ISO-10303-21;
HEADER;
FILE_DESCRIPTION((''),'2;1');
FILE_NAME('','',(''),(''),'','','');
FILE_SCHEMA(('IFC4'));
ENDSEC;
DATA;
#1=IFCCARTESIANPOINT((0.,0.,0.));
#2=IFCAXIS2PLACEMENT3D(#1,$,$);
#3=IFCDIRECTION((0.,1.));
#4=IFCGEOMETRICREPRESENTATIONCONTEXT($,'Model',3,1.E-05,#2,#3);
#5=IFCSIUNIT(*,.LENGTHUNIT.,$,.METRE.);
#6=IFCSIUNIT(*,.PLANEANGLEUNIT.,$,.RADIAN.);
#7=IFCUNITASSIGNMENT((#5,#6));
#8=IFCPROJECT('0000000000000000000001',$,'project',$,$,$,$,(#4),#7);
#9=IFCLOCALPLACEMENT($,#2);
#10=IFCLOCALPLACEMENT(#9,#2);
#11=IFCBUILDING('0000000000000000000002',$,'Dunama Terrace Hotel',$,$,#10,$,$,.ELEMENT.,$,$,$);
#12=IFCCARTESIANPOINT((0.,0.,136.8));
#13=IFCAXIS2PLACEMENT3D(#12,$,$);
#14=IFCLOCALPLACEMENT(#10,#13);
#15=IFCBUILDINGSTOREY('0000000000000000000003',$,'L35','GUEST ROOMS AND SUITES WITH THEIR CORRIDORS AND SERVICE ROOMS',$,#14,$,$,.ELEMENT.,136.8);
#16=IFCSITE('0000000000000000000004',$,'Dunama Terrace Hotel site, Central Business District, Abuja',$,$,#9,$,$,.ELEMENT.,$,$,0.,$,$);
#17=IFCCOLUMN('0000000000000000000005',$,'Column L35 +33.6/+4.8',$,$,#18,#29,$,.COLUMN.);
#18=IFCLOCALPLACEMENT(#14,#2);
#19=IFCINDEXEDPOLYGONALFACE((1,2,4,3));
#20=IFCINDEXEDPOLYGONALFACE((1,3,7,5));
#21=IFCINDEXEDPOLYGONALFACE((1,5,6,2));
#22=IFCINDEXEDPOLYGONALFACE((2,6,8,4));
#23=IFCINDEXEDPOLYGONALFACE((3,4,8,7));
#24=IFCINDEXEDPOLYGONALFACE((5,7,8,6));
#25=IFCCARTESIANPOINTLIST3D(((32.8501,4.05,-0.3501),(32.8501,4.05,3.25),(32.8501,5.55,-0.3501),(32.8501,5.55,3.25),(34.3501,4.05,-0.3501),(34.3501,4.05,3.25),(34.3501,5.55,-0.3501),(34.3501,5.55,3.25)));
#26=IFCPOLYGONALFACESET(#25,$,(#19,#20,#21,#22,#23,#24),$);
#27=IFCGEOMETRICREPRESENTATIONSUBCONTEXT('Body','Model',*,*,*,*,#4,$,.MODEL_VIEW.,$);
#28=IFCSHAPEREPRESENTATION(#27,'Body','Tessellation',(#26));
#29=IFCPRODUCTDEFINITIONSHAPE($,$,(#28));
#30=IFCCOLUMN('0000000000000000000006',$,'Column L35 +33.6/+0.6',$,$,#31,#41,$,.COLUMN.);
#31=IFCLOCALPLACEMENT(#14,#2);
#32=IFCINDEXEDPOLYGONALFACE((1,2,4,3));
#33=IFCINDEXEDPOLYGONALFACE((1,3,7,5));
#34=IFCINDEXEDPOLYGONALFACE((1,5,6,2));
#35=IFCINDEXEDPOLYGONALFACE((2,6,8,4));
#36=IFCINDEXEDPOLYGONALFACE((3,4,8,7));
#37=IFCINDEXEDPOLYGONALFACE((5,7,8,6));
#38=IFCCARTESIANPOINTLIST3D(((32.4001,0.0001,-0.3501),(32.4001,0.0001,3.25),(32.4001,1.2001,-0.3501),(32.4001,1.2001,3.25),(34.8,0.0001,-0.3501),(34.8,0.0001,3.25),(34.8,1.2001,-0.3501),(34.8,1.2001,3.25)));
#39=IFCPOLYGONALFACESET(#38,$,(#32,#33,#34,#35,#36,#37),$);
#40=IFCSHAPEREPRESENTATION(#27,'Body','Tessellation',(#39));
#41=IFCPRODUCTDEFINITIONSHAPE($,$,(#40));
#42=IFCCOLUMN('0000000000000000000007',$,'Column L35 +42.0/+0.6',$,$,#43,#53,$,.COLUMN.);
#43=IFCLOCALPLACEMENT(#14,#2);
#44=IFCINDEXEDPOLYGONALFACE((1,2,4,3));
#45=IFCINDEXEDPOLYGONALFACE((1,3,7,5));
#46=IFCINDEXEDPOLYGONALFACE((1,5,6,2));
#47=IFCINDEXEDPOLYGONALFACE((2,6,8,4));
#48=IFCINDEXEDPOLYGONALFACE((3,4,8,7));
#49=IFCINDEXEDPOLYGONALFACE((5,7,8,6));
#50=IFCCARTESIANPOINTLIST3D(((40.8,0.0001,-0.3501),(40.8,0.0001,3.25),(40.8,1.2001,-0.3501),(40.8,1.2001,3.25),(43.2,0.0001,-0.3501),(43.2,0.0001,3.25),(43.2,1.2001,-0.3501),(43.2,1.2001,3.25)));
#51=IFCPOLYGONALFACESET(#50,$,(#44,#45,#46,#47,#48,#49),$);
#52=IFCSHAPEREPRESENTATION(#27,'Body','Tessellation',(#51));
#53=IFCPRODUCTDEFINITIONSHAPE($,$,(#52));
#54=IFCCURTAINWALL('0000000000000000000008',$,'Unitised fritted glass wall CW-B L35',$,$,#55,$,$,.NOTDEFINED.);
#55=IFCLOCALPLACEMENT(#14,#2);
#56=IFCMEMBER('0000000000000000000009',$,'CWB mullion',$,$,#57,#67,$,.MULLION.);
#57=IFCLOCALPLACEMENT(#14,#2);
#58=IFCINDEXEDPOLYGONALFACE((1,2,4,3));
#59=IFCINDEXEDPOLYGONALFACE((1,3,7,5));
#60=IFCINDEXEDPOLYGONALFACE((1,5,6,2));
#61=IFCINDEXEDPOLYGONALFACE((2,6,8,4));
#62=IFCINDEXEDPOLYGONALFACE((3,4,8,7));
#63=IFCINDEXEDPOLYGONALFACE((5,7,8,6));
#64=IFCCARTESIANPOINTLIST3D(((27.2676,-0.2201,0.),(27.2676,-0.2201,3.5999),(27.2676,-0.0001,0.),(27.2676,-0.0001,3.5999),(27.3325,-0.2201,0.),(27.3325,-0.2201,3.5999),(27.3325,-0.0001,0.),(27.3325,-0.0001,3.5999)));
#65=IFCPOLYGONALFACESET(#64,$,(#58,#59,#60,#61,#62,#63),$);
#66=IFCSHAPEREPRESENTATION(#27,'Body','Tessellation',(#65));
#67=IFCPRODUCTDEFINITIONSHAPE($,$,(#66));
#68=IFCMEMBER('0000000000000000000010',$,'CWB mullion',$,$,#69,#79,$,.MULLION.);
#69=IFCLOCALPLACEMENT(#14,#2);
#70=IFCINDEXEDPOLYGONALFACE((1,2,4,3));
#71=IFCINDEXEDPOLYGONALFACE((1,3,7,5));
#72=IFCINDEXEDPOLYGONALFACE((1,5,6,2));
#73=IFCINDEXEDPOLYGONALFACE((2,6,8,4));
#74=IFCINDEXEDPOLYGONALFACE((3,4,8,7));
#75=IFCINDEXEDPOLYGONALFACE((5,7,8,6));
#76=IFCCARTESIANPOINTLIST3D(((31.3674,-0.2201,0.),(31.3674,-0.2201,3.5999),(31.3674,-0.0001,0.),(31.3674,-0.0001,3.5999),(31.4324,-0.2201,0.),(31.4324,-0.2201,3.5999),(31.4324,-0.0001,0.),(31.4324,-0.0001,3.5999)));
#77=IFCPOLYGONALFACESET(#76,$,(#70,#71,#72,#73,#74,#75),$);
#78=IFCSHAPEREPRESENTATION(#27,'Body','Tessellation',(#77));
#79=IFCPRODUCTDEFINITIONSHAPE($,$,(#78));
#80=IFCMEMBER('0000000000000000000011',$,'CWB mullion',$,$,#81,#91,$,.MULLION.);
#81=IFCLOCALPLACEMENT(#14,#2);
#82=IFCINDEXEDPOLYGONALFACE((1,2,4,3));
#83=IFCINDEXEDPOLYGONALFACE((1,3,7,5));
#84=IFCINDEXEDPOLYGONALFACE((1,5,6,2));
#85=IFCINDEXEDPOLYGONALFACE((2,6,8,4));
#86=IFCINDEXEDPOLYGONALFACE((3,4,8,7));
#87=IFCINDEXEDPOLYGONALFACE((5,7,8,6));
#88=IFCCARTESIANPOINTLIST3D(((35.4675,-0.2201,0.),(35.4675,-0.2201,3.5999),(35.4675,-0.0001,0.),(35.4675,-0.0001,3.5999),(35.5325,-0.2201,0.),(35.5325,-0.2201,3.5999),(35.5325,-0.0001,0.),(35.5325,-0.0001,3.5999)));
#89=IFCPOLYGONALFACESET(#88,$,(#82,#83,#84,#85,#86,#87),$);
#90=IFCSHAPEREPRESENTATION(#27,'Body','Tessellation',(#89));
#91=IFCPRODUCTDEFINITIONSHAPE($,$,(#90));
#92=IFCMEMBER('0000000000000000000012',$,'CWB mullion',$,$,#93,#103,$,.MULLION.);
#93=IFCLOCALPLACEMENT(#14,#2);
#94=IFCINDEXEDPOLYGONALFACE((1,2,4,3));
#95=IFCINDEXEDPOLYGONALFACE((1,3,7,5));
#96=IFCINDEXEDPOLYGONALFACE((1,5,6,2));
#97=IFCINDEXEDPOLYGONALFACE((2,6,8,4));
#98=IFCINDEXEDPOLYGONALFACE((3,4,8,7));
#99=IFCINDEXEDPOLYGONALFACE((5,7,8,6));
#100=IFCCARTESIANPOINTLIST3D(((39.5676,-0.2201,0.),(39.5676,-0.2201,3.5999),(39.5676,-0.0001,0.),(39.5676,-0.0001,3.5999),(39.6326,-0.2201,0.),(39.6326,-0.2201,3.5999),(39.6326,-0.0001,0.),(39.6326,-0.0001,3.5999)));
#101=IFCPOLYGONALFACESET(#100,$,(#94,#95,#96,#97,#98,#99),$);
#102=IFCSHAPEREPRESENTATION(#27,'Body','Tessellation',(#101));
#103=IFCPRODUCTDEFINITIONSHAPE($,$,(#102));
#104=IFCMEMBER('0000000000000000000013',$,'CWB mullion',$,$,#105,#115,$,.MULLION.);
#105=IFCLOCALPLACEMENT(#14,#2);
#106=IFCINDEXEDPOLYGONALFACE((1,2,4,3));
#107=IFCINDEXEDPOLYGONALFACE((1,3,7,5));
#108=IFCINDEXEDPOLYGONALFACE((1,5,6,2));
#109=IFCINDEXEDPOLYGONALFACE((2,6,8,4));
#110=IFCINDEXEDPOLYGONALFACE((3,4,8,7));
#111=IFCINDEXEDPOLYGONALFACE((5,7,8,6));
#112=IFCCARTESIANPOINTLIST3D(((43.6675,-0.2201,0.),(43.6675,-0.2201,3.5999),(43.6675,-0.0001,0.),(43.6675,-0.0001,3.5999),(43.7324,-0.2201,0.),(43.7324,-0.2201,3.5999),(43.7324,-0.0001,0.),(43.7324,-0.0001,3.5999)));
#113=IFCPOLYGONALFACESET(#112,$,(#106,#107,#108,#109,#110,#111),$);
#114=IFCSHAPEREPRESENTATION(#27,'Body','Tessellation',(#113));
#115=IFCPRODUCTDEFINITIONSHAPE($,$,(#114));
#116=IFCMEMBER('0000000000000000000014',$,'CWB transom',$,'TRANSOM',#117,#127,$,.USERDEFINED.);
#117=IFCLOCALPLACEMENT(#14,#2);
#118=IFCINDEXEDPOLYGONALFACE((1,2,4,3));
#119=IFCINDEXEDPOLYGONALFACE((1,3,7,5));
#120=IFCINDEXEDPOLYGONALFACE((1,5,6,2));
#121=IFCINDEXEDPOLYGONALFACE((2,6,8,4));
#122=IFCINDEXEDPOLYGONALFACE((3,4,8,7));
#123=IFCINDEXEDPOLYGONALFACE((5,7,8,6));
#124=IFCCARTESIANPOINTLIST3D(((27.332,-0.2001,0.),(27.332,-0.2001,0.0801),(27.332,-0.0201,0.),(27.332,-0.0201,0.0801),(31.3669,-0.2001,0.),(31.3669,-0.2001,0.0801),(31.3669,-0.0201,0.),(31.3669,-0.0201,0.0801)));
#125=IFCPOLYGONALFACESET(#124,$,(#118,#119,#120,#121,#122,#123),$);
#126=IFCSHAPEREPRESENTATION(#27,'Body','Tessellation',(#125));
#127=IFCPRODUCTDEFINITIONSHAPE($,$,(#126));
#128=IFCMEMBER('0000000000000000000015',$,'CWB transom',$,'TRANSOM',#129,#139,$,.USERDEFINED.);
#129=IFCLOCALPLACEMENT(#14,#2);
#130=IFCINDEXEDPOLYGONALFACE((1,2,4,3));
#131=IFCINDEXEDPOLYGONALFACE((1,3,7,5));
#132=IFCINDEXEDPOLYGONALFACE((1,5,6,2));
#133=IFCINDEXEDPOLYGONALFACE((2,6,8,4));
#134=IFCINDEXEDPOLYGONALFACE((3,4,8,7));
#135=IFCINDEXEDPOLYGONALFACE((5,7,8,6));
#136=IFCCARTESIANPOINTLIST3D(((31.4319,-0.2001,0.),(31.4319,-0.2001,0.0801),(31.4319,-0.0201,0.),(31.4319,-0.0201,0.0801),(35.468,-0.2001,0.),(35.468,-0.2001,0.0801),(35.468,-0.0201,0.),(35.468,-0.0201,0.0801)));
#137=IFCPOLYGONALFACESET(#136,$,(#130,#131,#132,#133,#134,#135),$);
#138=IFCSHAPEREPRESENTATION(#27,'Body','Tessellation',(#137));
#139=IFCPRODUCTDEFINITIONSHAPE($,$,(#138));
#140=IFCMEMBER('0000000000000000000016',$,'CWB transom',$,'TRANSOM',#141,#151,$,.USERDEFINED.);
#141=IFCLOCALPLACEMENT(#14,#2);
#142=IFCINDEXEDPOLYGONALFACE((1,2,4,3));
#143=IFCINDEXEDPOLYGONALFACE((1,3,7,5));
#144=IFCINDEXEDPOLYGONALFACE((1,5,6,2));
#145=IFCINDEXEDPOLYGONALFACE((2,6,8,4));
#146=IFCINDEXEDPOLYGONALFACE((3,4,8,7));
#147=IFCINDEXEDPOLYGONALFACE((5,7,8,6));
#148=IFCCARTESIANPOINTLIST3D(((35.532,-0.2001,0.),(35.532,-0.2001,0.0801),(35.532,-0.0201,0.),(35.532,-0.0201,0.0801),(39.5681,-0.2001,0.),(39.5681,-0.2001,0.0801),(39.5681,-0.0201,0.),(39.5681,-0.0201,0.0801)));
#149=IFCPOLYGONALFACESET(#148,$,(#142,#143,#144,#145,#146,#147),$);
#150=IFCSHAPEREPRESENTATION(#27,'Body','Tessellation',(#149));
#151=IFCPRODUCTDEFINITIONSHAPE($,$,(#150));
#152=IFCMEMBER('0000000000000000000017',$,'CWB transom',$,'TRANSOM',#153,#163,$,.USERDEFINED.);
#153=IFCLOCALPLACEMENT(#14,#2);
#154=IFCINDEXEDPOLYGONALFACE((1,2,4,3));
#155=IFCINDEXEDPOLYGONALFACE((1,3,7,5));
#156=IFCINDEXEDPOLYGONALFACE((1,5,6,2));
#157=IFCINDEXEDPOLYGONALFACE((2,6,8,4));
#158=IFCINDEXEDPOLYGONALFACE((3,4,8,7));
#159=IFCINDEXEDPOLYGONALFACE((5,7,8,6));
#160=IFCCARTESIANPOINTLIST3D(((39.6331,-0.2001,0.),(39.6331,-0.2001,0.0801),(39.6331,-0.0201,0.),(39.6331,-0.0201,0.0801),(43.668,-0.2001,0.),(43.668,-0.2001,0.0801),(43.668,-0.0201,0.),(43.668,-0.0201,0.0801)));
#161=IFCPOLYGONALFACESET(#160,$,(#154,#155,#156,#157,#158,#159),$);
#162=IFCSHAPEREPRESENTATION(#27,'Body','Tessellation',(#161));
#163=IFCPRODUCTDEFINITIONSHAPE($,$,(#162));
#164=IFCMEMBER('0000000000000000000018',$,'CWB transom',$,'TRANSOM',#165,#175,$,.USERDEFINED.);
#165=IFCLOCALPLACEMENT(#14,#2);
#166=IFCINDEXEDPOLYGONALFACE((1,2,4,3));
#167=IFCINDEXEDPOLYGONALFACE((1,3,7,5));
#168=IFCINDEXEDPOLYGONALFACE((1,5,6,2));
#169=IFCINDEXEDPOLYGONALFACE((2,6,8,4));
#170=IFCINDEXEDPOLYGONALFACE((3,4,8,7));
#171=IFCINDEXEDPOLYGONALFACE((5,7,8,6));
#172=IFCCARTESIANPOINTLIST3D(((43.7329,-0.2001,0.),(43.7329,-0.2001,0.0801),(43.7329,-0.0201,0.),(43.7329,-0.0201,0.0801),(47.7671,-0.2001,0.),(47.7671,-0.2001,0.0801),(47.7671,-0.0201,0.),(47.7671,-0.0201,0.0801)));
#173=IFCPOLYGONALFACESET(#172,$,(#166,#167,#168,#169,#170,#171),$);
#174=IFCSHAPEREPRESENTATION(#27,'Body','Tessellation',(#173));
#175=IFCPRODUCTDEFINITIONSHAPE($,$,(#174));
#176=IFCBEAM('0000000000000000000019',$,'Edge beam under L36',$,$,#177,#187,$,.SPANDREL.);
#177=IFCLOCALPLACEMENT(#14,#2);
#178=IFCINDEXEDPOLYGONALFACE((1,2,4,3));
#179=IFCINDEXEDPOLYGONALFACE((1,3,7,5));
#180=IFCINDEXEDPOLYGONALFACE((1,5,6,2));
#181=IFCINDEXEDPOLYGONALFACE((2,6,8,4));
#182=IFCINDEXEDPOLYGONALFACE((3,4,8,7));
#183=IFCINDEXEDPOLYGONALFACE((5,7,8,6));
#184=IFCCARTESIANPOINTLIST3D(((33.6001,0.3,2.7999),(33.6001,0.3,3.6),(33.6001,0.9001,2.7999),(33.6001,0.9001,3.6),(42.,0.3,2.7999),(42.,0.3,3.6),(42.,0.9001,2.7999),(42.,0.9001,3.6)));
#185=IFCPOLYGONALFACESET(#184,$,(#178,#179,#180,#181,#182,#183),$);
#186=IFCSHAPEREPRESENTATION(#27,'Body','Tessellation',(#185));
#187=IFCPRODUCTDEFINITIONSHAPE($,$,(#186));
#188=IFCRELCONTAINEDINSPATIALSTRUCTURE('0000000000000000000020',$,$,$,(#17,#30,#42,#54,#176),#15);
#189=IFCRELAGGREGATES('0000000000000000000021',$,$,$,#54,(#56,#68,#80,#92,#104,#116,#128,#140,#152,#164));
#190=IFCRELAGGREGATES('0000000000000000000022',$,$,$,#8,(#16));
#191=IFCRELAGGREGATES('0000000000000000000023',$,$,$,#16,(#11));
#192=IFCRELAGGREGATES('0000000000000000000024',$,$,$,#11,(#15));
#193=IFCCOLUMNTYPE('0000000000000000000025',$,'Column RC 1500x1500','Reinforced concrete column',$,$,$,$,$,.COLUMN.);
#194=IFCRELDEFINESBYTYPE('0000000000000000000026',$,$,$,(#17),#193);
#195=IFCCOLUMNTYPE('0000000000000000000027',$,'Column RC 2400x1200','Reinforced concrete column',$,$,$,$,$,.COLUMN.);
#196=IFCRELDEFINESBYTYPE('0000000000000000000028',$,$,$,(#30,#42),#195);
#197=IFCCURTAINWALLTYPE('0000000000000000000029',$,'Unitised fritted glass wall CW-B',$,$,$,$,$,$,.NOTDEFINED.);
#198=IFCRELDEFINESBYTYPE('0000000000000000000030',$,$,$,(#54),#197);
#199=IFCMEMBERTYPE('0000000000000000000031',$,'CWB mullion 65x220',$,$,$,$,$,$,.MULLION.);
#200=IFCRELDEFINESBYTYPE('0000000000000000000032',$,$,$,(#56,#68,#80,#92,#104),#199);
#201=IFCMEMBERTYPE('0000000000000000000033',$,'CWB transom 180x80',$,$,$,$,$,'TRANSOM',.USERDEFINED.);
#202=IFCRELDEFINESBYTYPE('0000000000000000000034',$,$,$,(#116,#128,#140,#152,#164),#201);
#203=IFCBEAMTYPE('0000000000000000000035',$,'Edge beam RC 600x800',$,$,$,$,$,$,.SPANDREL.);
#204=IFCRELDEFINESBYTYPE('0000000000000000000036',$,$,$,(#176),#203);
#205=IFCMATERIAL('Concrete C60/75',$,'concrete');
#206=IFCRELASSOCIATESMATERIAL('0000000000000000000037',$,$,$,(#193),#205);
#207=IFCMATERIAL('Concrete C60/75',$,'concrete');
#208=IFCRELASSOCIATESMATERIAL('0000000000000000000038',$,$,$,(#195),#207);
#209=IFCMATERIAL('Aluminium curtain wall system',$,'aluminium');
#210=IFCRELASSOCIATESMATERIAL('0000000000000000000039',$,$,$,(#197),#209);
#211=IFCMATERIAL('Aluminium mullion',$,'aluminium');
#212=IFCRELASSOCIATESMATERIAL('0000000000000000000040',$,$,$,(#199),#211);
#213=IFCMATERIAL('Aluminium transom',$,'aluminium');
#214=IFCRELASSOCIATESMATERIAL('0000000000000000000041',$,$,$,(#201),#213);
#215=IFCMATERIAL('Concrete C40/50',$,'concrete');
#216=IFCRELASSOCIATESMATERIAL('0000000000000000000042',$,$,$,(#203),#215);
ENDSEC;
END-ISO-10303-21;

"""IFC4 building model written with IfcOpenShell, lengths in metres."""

from ifc_helpers import new_model, si_unit, direction, frame, origin, origin_2d, place, context, subcontext, project, spatial, rectangle, extrude, material, material_profile, profile_set, type_object, element, aggregate, save


model = new_model("IFC4")

# Units and contexts
model_context = context("Model", 3, precision=1e-05, world=origin(), true_north=direction((0.0, 1.0)))
body_context = subcontext(model_context, "Body", "Model", "MODEL_VIEW")
ifc_project = project(units=[si_unit("LENGTHUNIT", "METRE"), si_unit("PLANEANGLEUNIT", "RADIAN")], contexts=[model_context])

# Site, building, storey
site_placement = place(None, origin())
site = spatial("IfcSite", under=ifc_project, at=site_placement, Name="Dunama Terrace Hotel site, Central Business District, Abuja", CompositionType="ELEMENT", RefElevation=0.0)
building_placement = place(site_placement, origin())
building = spatial("IfcBuilding", under=site, at=building_placement, Name="Dunama Terrace Hotel", CompositionType="ELEMENT")
storey_placement = place(building_placement, frame((0.0, 0.0, 136.8)))
storey = spatial("IfcBuildingStorey", under=building, at=storey_placement, Name="L35", Description="GUEST ROOMS AND SUITES WITH THEIR CORRIDORS AND SERVICE ROOMS", CompositionType="ELEMENT", Elevation=136.8)

# Columns
ifc_material_1 = material(Name="Concrete C60/75", Category="concrete")
ifc_material_profile_1 = material_profile(ifc_material_1, rectangle(XDim=1.5, YDim=1.5, at=origin_2d()), Name="RC 1500x1500")
ifc_profile_set_1 = profile_set([ifc_material_profile_1], Name="Concrete C60/75")
column_type_1 = type_object("IfcColumnType", Name="Column RC 1500x1500", Description="Reinforced concrete column", PredefinedType="COLUMN", material=ifc_profile_set_1)
column_placement = place(storey_placement, frame((33.6001, 4.8, -0.3501), z_axis=(0.0, 0.0, 1.0), x_axis=(1.0, 0.0, 0.0)))
element("IfcColumn", 1, at=column_placement, inside=storey, type_object=column_type_1, Name="Column L35 +33.6/+4.8", PredefinedType="COLUMN", context=body_context, shape_type="SweptSolid", body=[
    extrude(rectangle(XDim=1.5, YDim=1.5, at=origin_2d()), origin(), (0.0, 0.0, 1.0), 3.6001),
])
ifc_material_2 = material(Name="Concrete C60/75", Category="concrete")
ifc_material_profile_2 = material_profile(ifc_material_2, rectangle(XDim=2.3999, YDim=1.2, at=origin_2d()), Name="RC 2400x1200")
ifc_profile_set_2 = profile_set([ifc_material_profile_2], Name="Concrete C60/75")
column_type_2 = type_object("IfcColumnType", Name="Column RC 2400x1200", Description="Reinforced concrete column", PredefinedType="COLUMN", material=ifc_profile_set_2)
for number, where, z_axis, x_axis, name in (
    (2, (33.6001, 0.6001, -0.3501), (0.0, 0.0, 1.0), (1.0, 0.0, 0.0), "Column L35 +33.6/+0.6"),
    (3, (42.0, 0.6001, -0.3501), (0.0, 0.0, 1.0), (1.0, 0.0, 0.0), "Column L35 +42.0/+0.6"),
):
    element("IfcColumn", number, at=place(storey_placement, frame(where, z_axis=z_axis, x_axis=x_axis)), inside=storey, type_object=column_type_2, Name=name, PredefinedType="COLUMN", context=body_context, shape_type="SweptSolid", body=[
        extrude(rectangle(XDim=2.3999, YDim=1.2, at=origin_2d()), origin(), (0.0, 0.0, 1.0), 3.6001),
    ])

# Curtain wall, members
ifc_material_3 = material(Name="Aluminium curtain wall system", Category="aluminium")
curtain_wall_type = type_object("IfcCurtainWallType", Name="Unitised fritted glass wall CW-B", PredefinedType="NOTDEFINED", material=ifc_material_3)
curtain_wall_placement = place(storey_placement, origin())
curtain_wall = element("IfcCurtainWall", 4, at=curtain_wall_placement, inside=storey, type_object=curtain_wall_type, Name="Unitised fritted glass wall CW-B L35", PredefinedType="NOTDEFINED")
ifc_material_4 = material(Name="Aluminium mullion", Category="aluminium")
ifc_material_profile_3 = material_profile(ifc_material_4, rectangle(XDim=0.0649, YDim=0.22, at=origin_2d()), Name="CWB MULLION 65X220")
ifc_profile_set_3 = profile_set([ifc_material_profile_3], Name="Aluminium mullion")
member_type_1 = type_object("IfcMemberType", Name="CWB mullion 65x220", PredefinedType="MULLION", material=ifc_profile_set_3)
member_1_placement = place(storey_placement, frame((27.3, -0.1101, 0.0), z_axis=(0.0, 0.0, 1.0), x_axis=(1.0, 0.0, 0.0)))
member_1 = element("IfcMember", 5, at=member_1_placement, type_object=member_type_1, Name="CWB mullion", PredefinedType="MULLION", context=body_context, shape_type="SweptSolid", body=[
    extrude(rectangle(XDim=0.0649, YDim=0.22, at=origin_2d()), origin(), (0.0, 0.0, 1.0), 3.5999),
])
member_2_placement = place(storey_placement, frame((31.3999, -0.1101, 0.0), z_axis=(0.0, 0.0, 1.0), x_axis=(1.0, 0.0, 0.0)))
member_2 = element("IfcMember", 6, at=member_2_placement, type_object=member_type_1, Name="CWB mullion", PredefinedType="MULLION", context=body_context, shape_type="SweptSolid", body=[
    extrude(rectangle(XDim=0.0649, YDim=0.22, at=origin_2d()), origin(), (0.0, 0.0, 1.0), 3.5999),
])
member_3_placement = place(storey_placement, frame((35.5, -0.1101, 0.0), z_axis=(0.0, 0.0, 1.0), x_axis=(1.0, 0.0, 0.0)))
member_3 = element("IfcMember", 7, at=member_3_placement, type_object=member_type_1, Name="CWB mullion", PredefinedType="MULLION", context=body_context, shape_type="SweptSolid", body=[
    extrude(rectangle(XDim=0.0649, YDim=0.22, at=origin_2d()), origin(), (0.0, 0.0, 1.0), 3.5999),
])
member_4_placement = place(storey_placement, frame((39.6001, -0.1101, 0.0), z_axis=(0.0, 0.0, 1.0), x_axis=(1.0, 0.0, 0.0)))
member_4 = element("IfcMember", 8, at=member_4_placement, type_object=member_type_1, Name="CWB mullion", PredefinedType="MULLION", context=body_context, shape_type="SweptSolid", body=[
    extrude(rectangle(XDim=0.0649, YDim=0.22, at=origin_2d()), origin(), (0.0, 0.0, 1.0), 3.5999),
])
member_5_placement = place(storey_placement, frame((43.7, -0.1101, 0.0), z_axis=(0.0, 0.0, 1.0), x_axis=(1.0, 0.0, 0.0)))
member_5 = element("IfcMember", 9, at=member_5_placement, type_object=member_type_1, Name="CWB mullion", PredefinedType="MULLION", context=body_context, shape_type="SweptSolid", body=[
    extrude(rectangle(XDim=0.0649, YDim=0.22, at=origin_2d()), origin(), (0.0, 0.0, 1.0), 3.5999),
])
ifc_material_5 = material(Name="Aluminium transom", Category="aluminium")
ifc_material_profile_4 = material_profile(ifc_material_5, rectangle(XDim=0.1799, YDim=0.0801, at=origin_2d()), Name="CWB TRANSOM 180X80")
ifc_profile_set_4 = profile_set([ifc_material_profile_4], Name="Aluminium transom")
member_type_2 = type_object("IfcMemberType", Name="CWB transom 180x80", ElementType="TRANSOM", PredefinedType="USERDEFINED", material=ifc_profile_set_4)
member_6_placement = place(storey_placement, frame((27.332, -0.1101, 0.04), z_axis=(1.0, 0.0, 0.0), x_axis=(0.0, 1.0, 0.0)))
member_6 = element("IfcMember", 10, at=member_6_placement, type_object=member_type_2, Name="CWB transom", ObjectType="TRANSOM", PredefinedType="USERDEFINED", context=body_context, shape_type="SweptSolid", body=[
    extrude(rectangle(XDim=0.1799, YDim=0.0801, at=origin_2d()), origin(), (0.0, 0.0, 1.0), 4.0349),
])
member_7_placement = place(storey_placement, frame((31.4319, -0.1101, 0.04), z_axis=(1.0, 0.0, 0.0), x_axis=(0.0, 1.0, 0.0)))
member_7 = element("IfcMember", 11, at=member_7_placement, type_object=member_type_2, Name="CWB transom", ObjectType="TRANSOM", PredefinedType="USERDEFINED", context=body_context, shape_type="SweptSolid", body=[
    extrude(rectangle(XDim=0.1799, YDim=0.0801, at=origin_2d()), origin(), (0.0, 0.0, 1.0), 4.0361),
])
member_8_placement = place(storey_placement, frame((35.532, -0.1101, 0.04), z_axis=(1.0, 0.0, 0.0), x_axis=(0.0, 1.0, 0.0)))
member_8 = element("IfcMember", 12, at=member_8_placement, type_object=member_type_2, Name="CWB transom", ObjectType="TRANSOM", PredefinedType="USERDEFINED", context=body_context, shape_type="SweptSolid", body=[
    extrude(rectangle(XDim=0.1799, YDim=0.0801, at=origin_2d()), origin(), (0.0, 0.0, 1.0), 4.0361),
])
member_9_placement = place(storey_placement, frame((39.6331, -0.1101, 0.04), z_axis=(1.0, 0.0, 0.0), x_axis=(0.0, 1.0, 0.0)))
member_9 = element("IfcMember", 13, at=member_9_placement, type_object=member_type_2, Name="CWB transom", ObjectType="TRANSOM", PredefinedType="USERDEFINED", context=body_context, shape_type="SweptSolid", body=[
    extrude(rectangle(XDim=0.1799, YDim=0.0801, at=origin_2d()), origin(), (0.0, 0.0, 1.0), 4.0349),
])
member_10_placement = place(storey_placement, frame((43.7329, -0.1101, 0.04), z_axis=(1.0, 0.0, 0.0), x_axis=(0.0, 1.0, 0.0)))
member_10 = element("IfcMember", 14, at=member_10_placement, type_object=member_type_2, Name="CWB transom", ObjectType="TRANSOM", PredefinedType="USERDEFINED", context=body_context, shape_type="SweptSolid", body=[
    extrude(rectangle(XDim=0.1799, YDim=0.0801, at=origin_2d()), origin(), (0.0, 0.0, 1.0), 4.0342),
])

# Beam
ifc_material_6 = material(Name="Concrete C40/50", Category="concrete")
ifc_material_profile_5 = material_profile(ifc_material_6, rectangle(XDim=0.6001, YDim=0.8, at=origin_2d()), Name="RC 600x800")
ifc_profile_set_5 = profile_set([ifc_material_profile_5], Name="Concrete C40/50")
beam_type = type_object("IfcBeamType", Name="Edge beam RC 600x800", PredefinedType="SPANDREL", material=ifc_profile_set_5)
for number, where, z_axis, x_axis, name in (
    (15, (33.6001, 0.6001, 3.2), (1.0, 0.0, 0.0), (0.0, 1.0, 0.0), "Edge beam under L36"),
):
    element("IfcBeam", number, at=place(storey_placement, frame(where, z_axis=z_axis, x_axis=x_axis)), inside=storey, type_object=beam_type, Name=name, PredefinedType="SPANDREL", context=body_context, shape_type="SweptSolid", body=[
        extrude(rectangle(XDim=0.6001, YDim=0.8, at=origin_2d()), origin(), (0.0, 0.0, 1.0), 8.3999),
    ])

aggregate(curtain_wall, [member_1, member_2, member_3, member_4, member_5, member_6, member_7, member_8, member_9, member_10])

save(model, "model.ifc")
